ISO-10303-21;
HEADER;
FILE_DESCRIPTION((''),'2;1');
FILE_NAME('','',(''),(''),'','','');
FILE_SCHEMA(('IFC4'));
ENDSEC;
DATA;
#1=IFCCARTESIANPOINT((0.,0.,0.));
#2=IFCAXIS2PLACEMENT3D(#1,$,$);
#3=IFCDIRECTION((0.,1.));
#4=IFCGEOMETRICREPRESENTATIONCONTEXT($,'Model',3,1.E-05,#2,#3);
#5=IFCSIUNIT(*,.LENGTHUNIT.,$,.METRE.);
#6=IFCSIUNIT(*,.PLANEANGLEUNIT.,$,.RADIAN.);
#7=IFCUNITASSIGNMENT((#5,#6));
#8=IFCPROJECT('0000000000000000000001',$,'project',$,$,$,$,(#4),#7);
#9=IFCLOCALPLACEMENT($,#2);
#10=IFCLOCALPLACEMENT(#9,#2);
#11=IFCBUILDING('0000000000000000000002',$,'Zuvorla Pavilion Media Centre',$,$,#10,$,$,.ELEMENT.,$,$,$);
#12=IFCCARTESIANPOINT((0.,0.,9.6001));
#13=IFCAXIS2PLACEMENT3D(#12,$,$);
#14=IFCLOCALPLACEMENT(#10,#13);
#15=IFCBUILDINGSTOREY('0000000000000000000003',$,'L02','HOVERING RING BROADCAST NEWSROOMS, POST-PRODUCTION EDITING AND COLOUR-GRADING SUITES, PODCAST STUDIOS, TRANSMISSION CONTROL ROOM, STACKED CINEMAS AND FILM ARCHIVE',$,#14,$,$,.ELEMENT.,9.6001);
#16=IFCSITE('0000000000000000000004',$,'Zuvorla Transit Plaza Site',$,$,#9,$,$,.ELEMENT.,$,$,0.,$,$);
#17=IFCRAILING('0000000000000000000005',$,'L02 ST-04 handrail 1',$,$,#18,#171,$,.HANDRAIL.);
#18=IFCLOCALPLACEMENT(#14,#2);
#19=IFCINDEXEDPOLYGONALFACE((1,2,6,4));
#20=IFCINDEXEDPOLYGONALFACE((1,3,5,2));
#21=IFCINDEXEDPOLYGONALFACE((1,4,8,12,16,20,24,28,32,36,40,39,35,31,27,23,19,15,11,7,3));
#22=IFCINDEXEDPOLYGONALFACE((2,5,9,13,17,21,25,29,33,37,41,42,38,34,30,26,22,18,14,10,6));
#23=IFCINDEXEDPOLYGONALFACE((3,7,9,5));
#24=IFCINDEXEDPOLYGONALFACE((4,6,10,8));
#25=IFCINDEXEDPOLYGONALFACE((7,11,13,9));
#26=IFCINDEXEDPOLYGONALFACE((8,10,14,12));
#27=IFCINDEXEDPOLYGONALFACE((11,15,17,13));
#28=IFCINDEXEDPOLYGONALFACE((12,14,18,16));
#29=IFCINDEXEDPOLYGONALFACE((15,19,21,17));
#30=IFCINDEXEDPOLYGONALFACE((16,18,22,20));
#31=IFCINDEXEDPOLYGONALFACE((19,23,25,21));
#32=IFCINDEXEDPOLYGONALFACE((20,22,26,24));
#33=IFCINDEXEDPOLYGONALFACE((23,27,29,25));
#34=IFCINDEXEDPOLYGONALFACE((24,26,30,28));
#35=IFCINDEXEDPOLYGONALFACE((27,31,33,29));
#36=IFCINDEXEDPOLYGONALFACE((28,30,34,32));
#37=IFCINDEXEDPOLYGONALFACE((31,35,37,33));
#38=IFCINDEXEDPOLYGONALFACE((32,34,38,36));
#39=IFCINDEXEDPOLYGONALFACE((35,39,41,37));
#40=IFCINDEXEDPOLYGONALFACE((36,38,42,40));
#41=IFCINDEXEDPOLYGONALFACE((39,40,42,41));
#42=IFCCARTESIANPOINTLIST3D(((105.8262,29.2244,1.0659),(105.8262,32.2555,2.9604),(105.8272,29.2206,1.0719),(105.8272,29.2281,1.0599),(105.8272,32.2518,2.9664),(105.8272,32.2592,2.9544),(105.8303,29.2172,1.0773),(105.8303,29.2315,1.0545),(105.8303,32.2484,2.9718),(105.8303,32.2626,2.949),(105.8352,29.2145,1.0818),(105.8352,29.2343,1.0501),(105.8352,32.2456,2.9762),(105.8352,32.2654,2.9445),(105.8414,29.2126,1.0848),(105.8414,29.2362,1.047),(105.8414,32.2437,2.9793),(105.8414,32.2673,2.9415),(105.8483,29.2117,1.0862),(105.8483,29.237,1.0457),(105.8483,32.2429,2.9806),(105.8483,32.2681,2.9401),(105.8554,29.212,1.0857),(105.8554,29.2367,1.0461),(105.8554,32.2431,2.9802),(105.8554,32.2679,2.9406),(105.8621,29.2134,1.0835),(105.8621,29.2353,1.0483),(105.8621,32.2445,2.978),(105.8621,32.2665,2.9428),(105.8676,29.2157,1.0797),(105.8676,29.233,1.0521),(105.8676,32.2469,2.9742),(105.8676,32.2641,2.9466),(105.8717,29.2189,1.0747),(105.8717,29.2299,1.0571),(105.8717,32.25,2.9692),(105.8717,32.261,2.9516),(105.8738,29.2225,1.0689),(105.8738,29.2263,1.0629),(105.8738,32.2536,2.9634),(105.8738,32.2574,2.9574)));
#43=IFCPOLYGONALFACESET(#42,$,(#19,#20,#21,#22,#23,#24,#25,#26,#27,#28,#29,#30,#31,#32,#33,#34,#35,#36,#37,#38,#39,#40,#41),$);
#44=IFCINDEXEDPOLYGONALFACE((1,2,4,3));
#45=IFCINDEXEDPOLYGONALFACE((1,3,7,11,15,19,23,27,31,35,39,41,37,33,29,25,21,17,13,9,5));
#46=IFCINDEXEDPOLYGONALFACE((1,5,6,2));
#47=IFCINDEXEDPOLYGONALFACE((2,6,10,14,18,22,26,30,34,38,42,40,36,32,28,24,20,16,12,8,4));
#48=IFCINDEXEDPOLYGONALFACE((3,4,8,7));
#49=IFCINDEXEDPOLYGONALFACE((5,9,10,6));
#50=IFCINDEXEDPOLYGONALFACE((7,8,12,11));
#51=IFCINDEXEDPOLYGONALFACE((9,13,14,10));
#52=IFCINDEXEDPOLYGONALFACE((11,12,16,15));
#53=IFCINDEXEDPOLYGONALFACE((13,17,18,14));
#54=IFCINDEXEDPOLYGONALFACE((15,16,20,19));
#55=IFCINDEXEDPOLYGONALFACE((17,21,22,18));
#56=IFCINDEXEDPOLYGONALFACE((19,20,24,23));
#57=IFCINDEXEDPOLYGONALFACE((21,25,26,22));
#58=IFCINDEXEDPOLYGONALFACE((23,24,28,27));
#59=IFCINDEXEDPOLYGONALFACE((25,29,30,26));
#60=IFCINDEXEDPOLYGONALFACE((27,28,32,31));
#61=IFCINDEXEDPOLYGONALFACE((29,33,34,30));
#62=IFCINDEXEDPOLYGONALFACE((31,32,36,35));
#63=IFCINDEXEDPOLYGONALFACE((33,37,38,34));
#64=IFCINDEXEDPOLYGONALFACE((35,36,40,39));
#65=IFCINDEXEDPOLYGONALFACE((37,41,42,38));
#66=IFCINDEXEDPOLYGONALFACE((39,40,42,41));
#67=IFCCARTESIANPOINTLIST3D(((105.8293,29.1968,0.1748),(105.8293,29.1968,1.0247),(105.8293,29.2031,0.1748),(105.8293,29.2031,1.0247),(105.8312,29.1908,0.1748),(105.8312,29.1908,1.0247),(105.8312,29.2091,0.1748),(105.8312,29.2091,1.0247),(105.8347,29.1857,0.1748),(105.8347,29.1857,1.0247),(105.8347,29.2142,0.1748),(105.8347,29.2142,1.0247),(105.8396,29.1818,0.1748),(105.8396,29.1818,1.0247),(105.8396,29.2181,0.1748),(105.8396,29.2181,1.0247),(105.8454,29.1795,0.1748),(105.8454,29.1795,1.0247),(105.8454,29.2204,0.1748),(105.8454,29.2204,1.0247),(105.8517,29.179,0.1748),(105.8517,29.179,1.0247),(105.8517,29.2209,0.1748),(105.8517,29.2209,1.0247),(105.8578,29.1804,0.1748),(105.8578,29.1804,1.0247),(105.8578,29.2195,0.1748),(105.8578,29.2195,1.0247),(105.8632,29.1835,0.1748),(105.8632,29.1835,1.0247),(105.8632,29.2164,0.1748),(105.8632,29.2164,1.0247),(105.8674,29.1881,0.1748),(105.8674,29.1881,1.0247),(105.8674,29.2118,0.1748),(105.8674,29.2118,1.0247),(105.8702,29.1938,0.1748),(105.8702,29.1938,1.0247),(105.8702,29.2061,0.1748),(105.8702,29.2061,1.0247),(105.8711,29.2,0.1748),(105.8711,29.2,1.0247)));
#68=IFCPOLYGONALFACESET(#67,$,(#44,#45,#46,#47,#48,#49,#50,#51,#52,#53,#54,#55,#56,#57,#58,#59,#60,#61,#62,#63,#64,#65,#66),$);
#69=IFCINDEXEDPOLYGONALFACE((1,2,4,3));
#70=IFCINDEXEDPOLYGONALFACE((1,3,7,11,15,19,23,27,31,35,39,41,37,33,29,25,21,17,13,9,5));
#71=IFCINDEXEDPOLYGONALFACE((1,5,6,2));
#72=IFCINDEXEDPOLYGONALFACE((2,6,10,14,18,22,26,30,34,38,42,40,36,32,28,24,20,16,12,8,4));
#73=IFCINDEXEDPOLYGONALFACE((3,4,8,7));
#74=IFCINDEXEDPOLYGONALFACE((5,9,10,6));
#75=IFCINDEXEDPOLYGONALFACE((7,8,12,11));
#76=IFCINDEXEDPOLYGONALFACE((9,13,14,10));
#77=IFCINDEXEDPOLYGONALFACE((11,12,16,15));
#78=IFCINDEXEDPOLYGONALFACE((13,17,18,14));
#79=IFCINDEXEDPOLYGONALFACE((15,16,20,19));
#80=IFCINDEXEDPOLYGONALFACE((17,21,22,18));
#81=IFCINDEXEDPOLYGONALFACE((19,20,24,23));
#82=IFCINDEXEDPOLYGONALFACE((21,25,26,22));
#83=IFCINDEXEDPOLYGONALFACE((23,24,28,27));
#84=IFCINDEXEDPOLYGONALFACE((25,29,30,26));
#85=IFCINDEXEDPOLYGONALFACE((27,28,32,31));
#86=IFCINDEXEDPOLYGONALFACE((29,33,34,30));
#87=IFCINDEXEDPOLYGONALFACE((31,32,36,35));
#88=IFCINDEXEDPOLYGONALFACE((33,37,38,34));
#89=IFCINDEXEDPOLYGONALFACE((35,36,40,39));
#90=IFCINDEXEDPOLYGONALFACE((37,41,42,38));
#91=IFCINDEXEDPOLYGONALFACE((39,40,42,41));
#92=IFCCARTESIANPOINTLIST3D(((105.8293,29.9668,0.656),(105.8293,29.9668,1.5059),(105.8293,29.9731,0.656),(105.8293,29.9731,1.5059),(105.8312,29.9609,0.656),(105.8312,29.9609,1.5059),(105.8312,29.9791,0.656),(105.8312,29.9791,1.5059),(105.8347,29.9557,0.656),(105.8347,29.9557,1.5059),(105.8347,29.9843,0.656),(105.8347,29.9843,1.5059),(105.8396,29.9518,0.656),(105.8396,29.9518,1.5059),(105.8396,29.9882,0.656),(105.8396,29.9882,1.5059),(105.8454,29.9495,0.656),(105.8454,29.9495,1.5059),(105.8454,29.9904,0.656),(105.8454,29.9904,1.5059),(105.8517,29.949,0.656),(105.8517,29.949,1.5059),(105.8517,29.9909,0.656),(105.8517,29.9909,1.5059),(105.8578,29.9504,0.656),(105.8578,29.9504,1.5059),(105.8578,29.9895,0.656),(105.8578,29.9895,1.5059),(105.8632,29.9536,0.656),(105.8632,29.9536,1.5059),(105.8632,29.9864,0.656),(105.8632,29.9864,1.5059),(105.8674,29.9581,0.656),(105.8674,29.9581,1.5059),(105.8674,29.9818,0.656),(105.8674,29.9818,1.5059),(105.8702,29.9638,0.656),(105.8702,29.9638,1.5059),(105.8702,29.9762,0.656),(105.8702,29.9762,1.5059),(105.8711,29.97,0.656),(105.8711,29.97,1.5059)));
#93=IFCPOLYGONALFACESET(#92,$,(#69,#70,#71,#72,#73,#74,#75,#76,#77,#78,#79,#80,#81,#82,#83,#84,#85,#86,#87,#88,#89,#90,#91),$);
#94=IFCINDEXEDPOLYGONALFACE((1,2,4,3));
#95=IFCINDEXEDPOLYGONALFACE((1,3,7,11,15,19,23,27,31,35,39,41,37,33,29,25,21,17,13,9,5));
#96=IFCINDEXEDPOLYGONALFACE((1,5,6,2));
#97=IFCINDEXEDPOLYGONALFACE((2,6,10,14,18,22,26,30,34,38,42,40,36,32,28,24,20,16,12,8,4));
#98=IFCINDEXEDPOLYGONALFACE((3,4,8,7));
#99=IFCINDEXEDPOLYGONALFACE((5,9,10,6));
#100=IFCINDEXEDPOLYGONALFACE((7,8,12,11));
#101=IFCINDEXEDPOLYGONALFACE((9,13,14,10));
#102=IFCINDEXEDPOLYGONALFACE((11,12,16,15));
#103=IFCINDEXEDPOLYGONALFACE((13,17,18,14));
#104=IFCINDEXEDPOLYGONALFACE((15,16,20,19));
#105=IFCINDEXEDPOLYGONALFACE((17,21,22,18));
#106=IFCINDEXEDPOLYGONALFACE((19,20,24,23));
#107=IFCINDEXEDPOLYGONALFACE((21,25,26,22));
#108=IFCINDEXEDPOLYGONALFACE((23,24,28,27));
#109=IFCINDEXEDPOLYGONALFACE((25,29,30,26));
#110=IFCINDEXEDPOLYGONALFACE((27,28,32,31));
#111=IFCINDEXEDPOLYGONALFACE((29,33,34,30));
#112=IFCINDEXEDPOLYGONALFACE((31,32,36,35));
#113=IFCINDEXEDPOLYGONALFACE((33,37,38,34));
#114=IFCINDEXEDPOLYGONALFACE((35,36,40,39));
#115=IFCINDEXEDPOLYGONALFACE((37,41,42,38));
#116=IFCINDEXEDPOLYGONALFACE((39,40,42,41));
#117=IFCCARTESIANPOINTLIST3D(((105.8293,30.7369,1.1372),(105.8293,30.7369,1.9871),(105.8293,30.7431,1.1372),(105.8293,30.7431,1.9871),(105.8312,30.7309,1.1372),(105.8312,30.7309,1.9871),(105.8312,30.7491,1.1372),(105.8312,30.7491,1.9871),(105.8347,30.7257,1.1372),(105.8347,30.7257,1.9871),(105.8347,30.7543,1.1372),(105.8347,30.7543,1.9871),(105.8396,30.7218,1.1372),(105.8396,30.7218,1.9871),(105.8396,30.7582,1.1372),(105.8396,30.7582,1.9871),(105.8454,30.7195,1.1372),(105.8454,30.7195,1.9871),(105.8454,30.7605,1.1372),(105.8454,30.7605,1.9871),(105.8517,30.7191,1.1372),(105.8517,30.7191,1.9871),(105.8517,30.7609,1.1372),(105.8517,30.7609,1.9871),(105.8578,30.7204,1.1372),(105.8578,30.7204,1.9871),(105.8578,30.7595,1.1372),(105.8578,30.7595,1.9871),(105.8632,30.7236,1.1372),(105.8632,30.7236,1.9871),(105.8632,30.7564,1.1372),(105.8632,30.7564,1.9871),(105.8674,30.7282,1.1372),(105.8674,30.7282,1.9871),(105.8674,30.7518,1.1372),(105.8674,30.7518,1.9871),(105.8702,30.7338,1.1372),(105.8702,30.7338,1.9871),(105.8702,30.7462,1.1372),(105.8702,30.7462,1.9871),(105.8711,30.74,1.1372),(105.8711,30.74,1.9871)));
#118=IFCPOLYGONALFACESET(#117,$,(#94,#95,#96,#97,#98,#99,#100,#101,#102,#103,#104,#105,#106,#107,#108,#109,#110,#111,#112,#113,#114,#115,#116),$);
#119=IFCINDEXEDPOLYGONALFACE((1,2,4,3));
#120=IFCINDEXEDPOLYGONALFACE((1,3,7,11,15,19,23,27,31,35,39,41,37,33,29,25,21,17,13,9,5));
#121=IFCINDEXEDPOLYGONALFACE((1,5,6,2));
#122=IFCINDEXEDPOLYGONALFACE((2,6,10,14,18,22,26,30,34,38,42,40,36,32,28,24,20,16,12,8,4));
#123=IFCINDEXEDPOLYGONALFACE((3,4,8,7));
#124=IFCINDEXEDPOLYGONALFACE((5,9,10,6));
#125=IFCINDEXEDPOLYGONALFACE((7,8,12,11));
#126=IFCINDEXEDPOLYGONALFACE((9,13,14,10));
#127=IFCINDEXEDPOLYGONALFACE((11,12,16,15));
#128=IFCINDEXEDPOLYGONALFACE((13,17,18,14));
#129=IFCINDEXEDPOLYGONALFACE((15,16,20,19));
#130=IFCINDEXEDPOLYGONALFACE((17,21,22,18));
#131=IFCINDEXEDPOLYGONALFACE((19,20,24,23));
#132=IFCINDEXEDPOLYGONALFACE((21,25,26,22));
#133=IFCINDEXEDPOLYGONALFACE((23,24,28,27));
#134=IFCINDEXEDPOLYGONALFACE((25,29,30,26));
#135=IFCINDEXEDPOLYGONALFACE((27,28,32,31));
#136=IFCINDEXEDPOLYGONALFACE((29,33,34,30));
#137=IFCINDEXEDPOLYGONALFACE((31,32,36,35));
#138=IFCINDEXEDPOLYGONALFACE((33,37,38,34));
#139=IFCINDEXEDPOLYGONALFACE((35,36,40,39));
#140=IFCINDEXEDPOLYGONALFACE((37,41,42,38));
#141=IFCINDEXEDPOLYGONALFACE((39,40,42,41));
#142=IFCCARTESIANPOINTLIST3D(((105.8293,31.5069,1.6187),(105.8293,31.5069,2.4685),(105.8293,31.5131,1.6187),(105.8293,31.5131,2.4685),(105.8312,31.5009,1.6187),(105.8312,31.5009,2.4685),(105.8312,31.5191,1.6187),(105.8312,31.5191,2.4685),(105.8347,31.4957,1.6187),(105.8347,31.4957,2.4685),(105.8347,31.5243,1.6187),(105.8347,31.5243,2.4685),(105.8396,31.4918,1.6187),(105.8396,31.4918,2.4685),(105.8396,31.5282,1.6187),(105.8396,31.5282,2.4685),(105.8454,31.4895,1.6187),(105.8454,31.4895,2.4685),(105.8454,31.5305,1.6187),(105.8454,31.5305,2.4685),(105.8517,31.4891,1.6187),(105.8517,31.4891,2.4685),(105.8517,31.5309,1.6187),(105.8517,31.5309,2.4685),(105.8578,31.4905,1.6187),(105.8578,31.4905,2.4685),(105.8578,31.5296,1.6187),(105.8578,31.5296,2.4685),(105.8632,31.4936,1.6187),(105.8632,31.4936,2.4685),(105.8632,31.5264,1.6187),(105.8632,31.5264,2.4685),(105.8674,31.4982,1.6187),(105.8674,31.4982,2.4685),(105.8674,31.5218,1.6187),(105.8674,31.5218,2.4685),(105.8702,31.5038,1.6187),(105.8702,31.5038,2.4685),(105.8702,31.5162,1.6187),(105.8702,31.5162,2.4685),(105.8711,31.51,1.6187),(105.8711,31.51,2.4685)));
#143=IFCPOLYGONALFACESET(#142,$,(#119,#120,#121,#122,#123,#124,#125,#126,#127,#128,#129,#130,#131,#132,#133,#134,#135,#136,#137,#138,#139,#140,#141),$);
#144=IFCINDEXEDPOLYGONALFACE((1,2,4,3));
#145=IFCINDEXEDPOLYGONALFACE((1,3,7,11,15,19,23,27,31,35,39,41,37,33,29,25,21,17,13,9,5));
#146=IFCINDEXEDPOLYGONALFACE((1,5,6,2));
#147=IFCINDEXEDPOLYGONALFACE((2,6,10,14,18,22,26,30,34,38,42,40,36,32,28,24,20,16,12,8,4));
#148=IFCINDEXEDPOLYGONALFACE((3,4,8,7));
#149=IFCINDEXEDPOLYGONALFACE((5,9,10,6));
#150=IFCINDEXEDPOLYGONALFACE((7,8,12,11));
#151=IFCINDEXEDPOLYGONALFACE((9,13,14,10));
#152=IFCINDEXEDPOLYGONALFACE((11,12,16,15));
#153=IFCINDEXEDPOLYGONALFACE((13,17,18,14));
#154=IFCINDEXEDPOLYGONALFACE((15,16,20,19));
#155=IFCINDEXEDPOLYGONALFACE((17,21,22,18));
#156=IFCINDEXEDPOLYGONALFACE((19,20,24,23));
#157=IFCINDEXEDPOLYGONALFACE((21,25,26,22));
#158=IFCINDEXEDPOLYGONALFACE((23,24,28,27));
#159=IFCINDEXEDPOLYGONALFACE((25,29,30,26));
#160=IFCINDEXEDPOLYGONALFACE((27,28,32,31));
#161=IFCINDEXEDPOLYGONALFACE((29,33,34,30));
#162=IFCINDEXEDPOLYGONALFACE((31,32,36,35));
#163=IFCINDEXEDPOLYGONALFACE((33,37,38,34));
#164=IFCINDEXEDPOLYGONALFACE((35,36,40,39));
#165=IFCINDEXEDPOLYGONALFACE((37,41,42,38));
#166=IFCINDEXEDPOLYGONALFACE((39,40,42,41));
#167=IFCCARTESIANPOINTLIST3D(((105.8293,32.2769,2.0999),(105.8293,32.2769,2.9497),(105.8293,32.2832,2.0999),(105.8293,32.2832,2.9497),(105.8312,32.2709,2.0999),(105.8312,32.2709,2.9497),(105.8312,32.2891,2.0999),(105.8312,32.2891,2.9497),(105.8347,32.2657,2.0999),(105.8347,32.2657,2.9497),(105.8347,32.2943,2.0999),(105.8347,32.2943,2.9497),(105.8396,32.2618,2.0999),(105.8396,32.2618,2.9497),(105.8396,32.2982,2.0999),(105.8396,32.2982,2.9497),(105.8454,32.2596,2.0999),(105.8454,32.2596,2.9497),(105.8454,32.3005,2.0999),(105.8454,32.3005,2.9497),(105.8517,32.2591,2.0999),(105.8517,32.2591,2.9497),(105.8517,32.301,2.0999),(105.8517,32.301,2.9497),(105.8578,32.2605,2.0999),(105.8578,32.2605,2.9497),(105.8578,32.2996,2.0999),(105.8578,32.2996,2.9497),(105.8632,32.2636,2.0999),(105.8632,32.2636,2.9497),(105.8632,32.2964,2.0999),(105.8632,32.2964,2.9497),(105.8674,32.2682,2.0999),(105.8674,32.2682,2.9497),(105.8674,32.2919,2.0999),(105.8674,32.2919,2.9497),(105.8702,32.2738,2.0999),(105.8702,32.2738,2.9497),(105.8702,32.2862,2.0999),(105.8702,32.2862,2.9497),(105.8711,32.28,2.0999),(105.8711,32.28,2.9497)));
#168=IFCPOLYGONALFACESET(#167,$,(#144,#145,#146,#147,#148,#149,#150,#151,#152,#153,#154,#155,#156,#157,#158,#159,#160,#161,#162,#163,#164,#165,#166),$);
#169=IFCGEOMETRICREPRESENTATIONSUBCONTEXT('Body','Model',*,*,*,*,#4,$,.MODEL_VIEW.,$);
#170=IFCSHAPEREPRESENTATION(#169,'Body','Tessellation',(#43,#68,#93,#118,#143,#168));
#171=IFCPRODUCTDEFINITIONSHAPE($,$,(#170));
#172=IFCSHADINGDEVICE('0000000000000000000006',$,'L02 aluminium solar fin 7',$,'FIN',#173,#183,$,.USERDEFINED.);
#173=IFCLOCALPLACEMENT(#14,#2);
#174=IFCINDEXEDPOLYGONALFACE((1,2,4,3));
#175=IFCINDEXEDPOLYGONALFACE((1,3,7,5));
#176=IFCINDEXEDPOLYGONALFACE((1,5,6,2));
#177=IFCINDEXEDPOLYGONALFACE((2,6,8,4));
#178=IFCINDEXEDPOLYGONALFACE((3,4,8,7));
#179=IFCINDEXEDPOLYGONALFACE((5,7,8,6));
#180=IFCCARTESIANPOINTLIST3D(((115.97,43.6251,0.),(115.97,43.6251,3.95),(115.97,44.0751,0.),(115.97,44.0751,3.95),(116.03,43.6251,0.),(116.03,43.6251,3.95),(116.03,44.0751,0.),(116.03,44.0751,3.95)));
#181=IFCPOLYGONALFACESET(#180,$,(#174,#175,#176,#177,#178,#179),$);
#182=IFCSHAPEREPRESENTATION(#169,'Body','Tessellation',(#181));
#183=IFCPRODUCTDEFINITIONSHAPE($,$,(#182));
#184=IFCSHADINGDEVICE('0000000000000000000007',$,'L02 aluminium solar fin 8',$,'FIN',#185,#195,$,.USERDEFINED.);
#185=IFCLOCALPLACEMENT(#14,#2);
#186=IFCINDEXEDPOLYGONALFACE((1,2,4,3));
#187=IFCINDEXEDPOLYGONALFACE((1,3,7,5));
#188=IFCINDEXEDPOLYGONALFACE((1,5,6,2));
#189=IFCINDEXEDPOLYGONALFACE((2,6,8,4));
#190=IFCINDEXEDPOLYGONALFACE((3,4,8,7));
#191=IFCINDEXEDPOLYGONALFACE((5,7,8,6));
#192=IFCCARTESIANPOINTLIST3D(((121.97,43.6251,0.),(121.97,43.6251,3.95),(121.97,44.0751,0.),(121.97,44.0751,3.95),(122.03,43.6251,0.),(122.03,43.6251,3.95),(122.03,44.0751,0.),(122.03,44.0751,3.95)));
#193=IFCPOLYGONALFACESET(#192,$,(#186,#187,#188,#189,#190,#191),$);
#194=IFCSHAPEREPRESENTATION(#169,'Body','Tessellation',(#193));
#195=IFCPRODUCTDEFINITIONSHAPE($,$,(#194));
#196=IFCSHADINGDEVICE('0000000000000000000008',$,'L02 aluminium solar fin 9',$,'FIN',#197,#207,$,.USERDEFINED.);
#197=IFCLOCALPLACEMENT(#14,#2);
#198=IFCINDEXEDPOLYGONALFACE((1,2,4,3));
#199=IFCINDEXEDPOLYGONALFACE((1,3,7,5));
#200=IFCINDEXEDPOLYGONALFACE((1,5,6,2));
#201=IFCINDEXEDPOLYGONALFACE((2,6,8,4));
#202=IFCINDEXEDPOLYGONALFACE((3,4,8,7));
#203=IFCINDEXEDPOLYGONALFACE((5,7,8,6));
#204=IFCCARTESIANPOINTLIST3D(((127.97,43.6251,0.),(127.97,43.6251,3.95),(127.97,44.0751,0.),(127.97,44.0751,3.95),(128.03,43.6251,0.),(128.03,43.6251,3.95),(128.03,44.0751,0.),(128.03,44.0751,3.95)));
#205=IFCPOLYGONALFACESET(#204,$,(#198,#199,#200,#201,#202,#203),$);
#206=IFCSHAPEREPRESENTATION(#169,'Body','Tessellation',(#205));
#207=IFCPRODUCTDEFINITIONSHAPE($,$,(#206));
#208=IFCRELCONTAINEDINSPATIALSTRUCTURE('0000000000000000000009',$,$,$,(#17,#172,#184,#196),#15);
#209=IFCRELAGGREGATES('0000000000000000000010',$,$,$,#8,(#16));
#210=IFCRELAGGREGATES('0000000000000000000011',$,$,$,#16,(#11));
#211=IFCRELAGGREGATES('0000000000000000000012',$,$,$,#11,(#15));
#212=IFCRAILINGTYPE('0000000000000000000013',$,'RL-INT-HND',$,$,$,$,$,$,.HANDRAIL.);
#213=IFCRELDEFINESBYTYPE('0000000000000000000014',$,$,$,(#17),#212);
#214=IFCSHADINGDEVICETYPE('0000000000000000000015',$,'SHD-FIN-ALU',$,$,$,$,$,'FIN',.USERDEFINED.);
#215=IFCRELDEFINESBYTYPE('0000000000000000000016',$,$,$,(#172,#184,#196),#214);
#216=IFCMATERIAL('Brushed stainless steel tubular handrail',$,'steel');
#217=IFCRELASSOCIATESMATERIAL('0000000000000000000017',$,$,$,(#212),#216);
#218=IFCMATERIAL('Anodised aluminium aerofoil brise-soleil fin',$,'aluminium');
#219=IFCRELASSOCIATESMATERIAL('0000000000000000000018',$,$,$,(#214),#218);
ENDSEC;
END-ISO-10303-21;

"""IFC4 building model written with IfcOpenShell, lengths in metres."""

from ifc_helpers import new_model, si_unit, direction, frame, origin, origin_2d, place, context, subcontext, project, spatial, rectangle, circle, extrude, material, type_object, element, save


model = new_model("IFC4")

# Units and contexts
model_context = context("Model", 3, precision=1e-05, world=origin(), true_north=direction((0.0, 1.0)))
body_context = subcontext(model_context, "Body", "Model", "MODEL_VIEW")
ifc_project = project(units=[si_unit("LENGTHUNIT", "METRE"), si_unit("PLANEANGLEUNIT", "RADIAN")], contexts=[model_context])

# Site, building, storey
site_placement = place(None, origin())
site = spatial("IfcSite", under=ifc_project, at=site_placement, Name="Zuvorla Transit Plaza Site", CompositionType="ELEMENT", RefElevation=0.0)
building_placement = place(site_placement, origin())
building = spatial("IfcBuilding", under=site, at=building_placement, Name="Zuvorla Pavilion Media Centre", CompositionType="ELEMENT")
storey_placement = place(building_placement, frame((0.0, 0.0, 9.6001)))
storey = spatial("IfcBuildingStorey", under=building, at=storey_placement, Name="L02", Description="HOVERING RING BROADCAST NEWSROOMS, POST-PRODUCTION EDITING AND COLOUR-GRADING SUITES, PODCAST STUDIOS, TRANSMISSION CONTROL ROOM, STACKED CINEMAS AND FILM ARCHIVE", CompositionType="ELEMENT", Elevation=9.6001)

# Railing
ifc_material_1 = material(Name="Brushed stainless steel tubular handrail", Category="steel")
railing_type_1 = type_object("IfcRailingType", Name="RL-INT-HND", PredefinedType="HANDRAIL", material=ifc_material_1)
railing_1_placement = place(storey_placement, frame((105.8501, 29.2, 0.1748)))
element("IfcRailing", 1, at=railing_1_placement, inside=storey, type_object=railing_type_1, Name="L02 ST-04 handrail 1", PredefinedType="HANDRAIL", context=body_context, shape_type="SweptSolid", body=[
    extrude(circle(Radius=0.0239, at=origin_2d()), frame((0.0, 0.0244, 0.8911), z_axis=(0.0, 0.847998, 0.529999), x_axis=(-1.0, 0.0, 0.0)), (0.0, 0.0, 1.0), 3.5745),
    extrude(circle(Radius=0.021, at=origin_2d()), origin(), (0.0, 0.0, 1.0), 0.8499),
    extrude(circle(Radius=0.021, at=origin_2d()), frame((0.0, 0.77, 0.4812)), (0.0, 0.0, 1.0), 0.8499),
    extrude(circle(Radius=0.021, at=origin_2d()), frame((0.0, 1.54, 0.9624)), (0.0, 0.0, 1.0), 0.8499),
    extrude(circle(Radius=0.021, at=origin_2d()), frame((0.0, 2.3101, 1.4438)), (0.0, 0.0, 1.0), 0.8499),
    extrude(circle(Radius=0.021, at=origin_2d()), frame((0.0, 3.0801, 1.925)), (0.0, 0.0, 1.0), 0.8499),
])

# Shading devices
ifc_material_2 = material(Name="Anodised aluminium aerofoil brise-soleil fin", Category="aluminium")
shading_device_type = type_object("IfcShadingDeviceType", Name="SHD-FIN-ALU", ElementType="FIN", PredefinedType="USERDEFINED", material=ifc_material_2)
for number, where, z_axis, x_axis, name in (
    (2, (116.0, 43.8501, 0.0), (0.0, 0.0, 1.0), (1.0, 0.0, 0.0), "L02 aluminium solar fin 7"),
    (3, (122.0, 43.8501, 0.0), (0.0, 0.0, 1.0), (1.0, 0.0, 0.0), "L02 aluminium solar fin 8"),
    (4, (128.0, 43.8501, 0.0), (0.0, 0.0, 1.0), (1.0, 0.0, 0.0), "L02 aluminium solar fin 9"),
):
    element("IfcShadingDevice", number, at=place(storey_placement, frame(where, z_axis=z_axis, x_axis=x_axis)), inside=storey, type_object=shading_device_type, Name=name, ObjectType="FIN", PredefinedType="USERDEFINED", context=body_context, shape_type="SweptSolid", body=[
        extrude(rectangle(XDim=0.0601, YDim=0.45, at=origin_2d()), origin(), (0.0, 0.0, 1.0), 3.95),
    ])

save(model, "model.ifc")
